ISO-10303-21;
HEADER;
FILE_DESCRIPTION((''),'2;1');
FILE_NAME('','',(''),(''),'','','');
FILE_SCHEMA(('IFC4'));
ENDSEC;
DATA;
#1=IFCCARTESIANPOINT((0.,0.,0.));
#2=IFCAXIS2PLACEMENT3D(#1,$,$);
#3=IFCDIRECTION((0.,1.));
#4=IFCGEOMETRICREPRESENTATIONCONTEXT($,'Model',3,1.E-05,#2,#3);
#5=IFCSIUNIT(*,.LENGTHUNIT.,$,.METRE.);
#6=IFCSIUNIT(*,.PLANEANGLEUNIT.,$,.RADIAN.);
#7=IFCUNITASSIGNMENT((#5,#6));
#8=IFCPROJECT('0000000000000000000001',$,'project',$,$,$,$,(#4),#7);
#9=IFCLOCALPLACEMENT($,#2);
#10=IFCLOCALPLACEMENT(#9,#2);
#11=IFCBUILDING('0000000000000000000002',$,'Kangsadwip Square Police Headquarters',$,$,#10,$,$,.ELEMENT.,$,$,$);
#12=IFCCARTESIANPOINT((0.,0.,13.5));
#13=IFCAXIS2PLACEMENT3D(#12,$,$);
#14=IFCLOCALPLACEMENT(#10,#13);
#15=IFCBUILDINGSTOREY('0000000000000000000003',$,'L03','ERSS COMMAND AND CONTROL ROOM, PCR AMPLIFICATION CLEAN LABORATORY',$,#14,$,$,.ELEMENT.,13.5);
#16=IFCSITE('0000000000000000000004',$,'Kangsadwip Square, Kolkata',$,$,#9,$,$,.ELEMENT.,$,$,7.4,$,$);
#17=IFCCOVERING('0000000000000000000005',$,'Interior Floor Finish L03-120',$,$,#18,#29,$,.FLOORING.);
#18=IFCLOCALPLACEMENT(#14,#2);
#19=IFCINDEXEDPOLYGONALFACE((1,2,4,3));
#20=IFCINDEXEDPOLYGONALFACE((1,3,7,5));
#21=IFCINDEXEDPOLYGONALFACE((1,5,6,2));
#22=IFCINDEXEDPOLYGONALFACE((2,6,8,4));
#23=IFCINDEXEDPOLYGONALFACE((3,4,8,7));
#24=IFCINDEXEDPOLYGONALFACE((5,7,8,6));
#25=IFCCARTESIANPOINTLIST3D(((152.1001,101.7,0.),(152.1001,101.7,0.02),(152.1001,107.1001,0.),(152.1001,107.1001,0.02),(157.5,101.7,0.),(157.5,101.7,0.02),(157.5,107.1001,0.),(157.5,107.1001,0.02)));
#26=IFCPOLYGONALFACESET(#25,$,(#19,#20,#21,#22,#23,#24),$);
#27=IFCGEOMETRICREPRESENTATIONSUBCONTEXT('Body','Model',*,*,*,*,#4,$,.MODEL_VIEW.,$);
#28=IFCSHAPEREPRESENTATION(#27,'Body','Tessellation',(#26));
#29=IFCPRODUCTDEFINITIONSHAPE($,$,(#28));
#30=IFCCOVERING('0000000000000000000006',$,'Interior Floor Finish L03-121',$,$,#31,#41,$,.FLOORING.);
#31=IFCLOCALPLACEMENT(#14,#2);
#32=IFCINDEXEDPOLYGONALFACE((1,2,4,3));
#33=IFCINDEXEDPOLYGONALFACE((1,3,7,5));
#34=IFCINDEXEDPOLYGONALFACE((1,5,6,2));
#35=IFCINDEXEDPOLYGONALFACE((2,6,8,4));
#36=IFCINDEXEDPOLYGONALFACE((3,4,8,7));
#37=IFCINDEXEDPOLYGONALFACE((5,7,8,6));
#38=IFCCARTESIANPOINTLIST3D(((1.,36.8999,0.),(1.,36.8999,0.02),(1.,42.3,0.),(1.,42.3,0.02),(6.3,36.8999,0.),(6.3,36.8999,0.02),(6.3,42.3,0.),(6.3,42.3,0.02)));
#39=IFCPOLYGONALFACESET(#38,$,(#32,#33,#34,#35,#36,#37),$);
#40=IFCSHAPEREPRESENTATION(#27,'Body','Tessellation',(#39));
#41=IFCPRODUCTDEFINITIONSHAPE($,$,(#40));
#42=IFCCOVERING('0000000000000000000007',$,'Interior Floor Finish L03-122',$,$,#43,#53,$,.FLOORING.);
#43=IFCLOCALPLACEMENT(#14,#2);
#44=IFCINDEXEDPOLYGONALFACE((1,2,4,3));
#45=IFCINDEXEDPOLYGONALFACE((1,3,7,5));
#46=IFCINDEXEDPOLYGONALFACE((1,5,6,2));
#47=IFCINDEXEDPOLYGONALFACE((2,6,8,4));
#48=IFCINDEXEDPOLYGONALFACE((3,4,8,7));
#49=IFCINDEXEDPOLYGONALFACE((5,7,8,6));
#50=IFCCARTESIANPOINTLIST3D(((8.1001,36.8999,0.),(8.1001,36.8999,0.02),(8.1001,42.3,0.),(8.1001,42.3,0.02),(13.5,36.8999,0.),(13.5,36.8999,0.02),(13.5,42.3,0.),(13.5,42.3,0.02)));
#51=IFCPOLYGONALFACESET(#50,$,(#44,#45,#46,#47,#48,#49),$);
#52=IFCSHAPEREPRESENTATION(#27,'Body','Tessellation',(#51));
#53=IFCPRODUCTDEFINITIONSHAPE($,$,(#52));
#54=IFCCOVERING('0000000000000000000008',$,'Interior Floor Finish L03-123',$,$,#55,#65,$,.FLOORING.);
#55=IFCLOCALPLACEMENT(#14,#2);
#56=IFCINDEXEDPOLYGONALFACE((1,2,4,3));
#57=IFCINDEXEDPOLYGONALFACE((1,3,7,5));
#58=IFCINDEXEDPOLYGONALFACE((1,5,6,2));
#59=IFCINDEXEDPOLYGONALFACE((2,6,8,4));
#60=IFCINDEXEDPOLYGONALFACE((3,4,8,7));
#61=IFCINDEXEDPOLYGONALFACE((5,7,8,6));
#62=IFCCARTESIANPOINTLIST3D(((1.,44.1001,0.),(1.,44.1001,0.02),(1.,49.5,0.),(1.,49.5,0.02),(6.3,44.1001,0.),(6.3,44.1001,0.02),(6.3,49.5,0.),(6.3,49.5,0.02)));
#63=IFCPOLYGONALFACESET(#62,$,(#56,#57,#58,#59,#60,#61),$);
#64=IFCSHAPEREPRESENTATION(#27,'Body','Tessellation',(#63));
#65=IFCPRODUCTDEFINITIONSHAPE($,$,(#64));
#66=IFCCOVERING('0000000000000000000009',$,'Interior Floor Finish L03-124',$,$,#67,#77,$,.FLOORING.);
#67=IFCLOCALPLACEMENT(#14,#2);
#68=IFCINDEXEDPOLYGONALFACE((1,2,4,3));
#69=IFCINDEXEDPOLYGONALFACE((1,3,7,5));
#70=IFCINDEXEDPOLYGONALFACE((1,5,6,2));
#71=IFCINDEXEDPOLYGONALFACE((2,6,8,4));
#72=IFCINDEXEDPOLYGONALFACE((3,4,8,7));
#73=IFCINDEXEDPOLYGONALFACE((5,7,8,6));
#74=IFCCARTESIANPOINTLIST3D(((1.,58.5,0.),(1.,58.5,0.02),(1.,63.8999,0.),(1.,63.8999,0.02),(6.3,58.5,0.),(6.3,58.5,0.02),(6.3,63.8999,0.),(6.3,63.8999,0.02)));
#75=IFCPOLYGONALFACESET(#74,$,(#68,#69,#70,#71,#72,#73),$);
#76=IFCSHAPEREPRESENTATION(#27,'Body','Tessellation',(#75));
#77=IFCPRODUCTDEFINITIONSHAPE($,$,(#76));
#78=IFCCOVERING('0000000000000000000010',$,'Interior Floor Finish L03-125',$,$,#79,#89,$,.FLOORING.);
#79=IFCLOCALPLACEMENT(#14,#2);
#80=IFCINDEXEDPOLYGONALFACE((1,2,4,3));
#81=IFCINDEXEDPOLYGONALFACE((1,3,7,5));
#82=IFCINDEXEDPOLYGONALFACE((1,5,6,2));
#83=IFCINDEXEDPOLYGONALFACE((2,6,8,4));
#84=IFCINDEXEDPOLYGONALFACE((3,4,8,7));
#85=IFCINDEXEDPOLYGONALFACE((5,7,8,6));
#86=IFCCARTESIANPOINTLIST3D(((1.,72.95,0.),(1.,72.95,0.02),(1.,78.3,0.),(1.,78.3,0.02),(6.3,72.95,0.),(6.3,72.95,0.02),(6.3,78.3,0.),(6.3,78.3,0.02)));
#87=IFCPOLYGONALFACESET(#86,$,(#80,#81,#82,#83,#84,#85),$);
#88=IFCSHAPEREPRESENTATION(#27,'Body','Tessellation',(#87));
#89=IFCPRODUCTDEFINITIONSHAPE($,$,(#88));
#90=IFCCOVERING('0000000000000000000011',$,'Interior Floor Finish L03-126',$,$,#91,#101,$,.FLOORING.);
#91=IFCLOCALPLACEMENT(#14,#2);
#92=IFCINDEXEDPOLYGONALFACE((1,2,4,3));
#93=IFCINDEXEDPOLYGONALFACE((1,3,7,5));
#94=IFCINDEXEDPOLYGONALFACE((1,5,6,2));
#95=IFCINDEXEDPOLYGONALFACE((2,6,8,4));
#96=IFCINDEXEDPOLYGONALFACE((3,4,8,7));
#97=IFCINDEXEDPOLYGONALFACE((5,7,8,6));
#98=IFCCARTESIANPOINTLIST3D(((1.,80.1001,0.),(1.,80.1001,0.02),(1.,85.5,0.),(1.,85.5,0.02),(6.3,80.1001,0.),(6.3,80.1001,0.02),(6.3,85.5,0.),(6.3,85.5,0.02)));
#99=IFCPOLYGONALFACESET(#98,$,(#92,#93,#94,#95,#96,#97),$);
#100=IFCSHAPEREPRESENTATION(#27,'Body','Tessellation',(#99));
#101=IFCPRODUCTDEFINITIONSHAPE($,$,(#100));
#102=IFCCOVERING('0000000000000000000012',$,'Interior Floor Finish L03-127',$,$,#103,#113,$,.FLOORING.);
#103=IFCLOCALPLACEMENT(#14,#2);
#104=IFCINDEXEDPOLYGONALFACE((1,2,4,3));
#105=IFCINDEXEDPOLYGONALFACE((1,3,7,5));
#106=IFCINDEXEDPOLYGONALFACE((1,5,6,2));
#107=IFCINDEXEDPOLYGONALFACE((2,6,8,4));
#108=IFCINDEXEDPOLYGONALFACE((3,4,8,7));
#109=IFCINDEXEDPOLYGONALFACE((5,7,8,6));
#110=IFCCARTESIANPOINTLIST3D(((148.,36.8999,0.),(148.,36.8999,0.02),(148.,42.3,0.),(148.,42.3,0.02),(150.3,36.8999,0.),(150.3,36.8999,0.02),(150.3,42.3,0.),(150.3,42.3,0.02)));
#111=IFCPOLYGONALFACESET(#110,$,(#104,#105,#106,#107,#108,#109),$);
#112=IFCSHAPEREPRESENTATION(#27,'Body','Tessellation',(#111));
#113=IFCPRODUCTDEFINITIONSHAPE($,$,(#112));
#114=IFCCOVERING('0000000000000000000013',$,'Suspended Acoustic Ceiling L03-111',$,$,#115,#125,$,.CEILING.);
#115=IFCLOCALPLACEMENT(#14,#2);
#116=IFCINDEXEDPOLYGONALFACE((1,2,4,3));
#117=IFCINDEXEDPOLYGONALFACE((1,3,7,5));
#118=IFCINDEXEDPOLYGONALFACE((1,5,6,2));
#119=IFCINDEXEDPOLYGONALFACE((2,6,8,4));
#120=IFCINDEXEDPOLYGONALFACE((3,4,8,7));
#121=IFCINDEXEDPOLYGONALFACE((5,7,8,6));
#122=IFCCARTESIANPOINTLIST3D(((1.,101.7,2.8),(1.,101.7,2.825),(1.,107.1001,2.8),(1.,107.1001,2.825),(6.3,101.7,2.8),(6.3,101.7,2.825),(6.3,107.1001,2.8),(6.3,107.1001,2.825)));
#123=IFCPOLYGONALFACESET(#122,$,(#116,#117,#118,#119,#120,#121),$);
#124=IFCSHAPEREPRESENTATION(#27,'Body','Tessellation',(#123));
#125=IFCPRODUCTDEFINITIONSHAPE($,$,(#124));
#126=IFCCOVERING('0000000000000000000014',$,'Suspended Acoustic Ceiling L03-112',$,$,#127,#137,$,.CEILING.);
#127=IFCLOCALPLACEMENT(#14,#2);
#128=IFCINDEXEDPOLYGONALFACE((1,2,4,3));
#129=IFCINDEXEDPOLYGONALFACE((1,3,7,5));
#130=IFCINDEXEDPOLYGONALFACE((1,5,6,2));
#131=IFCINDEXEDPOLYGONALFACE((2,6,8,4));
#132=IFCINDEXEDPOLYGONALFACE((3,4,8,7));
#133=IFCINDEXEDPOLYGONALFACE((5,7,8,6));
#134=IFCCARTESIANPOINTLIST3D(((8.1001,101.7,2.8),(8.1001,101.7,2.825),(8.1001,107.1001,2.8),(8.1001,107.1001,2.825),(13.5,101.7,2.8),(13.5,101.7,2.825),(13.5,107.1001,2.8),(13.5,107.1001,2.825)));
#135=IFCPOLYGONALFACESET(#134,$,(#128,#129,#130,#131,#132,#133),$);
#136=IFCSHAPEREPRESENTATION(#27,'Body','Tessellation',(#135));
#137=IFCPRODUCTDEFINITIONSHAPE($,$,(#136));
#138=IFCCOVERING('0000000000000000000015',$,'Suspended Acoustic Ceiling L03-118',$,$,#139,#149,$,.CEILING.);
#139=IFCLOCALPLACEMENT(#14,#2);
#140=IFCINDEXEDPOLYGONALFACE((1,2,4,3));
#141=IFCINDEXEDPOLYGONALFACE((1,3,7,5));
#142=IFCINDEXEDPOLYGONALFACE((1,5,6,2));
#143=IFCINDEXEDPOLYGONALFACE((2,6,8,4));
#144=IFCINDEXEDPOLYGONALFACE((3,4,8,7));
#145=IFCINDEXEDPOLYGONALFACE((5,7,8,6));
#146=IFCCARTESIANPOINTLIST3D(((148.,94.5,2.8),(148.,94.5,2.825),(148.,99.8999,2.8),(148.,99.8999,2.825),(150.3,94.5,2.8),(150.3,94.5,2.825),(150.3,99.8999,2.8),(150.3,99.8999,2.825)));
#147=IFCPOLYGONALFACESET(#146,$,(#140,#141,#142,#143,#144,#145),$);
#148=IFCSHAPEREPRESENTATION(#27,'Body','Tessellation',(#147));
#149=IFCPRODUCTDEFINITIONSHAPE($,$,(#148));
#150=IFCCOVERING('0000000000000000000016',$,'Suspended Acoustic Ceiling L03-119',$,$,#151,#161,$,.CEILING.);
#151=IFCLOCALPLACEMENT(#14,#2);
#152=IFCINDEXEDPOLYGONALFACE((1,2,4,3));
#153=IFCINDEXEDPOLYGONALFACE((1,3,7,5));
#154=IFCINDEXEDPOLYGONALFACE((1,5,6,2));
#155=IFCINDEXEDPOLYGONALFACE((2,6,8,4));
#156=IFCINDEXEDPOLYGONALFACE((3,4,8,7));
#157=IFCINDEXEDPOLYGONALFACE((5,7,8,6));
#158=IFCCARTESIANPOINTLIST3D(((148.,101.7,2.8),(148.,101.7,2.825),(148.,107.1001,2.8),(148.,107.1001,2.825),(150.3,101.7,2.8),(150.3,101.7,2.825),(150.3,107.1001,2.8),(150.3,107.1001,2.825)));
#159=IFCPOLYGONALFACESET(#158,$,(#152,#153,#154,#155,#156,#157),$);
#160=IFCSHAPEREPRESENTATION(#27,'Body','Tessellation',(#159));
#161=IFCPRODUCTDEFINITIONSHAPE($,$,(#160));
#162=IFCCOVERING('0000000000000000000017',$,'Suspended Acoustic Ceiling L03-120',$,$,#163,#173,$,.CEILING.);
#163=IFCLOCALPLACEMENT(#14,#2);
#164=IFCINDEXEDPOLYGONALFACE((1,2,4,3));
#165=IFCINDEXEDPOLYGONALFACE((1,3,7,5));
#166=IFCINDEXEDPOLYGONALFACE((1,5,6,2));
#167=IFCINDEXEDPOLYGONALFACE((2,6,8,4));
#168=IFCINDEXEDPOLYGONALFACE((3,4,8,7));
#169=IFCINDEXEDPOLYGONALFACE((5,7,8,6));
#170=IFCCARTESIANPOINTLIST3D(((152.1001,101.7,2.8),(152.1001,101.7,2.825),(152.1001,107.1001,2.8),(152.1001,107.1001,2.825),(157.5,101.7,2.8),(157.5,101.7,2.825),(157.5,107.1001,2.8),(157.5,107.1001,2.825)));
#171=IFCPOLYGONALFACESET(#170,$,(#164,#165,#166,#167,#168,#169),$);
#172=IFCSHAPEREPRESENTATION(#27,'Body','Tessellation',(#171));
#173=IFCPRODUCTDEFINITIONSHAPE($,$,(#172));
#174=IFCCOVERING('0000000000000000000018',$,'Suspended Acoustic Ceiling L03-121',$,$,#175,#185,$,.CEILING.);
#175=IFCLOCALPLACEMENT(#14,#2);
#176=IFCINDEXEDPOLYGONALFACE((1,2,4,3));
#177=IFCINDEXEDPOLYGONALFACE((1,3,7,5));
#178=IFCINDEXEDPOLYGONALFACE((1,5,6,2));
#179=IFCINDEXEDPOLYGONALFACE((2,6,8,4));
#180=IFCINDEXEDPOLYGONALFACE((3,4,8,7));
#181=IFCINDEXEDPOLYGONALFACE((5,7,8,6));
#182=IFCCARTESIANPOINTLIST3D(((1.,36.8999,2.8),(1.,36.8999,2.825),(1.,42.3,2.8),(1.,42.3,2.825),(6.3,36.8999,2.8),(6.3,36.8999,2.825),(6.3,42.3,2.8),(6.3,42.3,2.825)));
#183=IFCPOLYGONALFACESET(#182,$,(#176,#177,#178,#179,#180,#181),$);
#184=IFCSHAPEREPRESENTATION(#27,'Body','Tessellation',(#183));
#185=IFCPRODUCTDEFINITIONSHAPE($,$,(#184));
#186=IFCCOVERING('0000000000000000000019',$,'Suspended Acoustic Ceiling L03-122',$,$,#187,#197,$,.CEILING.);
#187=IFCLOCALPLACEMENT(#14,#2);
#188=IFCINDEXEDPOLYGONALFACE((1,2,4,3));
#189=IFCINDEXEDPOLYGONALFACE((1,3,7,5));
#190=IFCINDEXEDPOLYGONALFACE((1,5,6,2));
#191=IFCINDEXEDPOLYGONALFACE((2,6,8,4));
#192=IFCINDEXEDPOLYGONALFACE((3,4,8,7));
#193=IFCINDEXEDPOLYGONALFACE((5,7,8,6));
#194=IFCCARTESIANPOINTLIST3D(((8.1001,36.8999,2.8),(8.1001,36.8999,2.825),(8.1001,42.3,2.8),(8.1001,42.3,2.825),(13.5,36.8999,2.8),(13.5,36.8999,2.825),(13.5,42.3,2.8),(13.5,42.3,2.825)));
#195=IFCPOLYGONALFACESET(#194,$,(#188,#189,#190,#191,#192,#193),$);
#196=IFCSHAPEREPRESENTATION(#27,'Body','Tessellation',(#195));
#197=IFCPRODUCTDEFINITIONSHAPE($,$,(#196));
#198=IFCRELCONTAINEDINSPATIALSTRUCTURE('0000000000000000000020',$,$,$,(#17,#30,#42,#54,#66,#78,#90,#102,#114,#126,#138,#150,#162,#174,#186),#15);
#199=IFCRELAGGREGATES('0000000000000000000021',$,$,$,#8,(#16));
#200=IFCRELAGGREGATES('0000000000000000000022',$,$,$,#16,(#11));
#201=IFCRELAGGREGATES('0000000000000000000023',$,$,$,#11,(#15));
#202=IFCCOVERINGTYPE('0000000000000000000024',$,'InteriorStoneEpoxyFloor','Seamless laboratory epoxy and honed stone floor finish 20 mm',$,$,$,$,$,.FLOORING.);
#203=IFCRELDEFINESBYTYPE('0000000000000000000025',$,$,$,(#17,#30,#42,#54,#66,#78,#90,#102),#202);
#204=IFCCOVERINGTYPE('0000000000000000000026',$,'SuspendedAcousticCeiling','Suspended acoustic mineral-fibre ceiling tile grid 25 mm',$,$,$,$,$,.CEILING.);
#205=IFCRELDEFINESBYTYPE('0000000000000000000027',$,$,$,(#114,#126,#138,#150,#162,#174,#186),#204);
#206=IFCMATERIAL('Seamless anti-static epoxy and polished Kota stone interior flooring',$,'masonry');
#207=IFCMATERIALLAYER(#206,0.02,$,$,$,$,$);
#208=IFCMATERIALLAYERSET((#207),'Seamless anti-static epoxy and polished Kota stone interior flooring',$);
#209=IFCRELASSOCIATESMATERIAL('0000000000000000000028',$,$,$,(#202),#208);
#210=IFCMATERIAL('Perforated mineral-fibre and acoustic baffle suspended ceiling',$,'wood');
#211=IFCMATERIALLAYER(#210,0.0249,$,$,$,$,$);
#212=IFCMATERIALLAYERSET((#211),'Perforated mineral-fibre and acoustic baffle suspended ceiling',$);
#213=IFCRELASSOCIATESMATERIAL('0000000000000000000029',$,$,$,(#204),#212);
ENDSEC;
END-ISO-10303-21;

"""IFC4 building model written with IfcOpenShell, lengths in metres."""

from ifc_helpers import new_model, si_unit, direction, frame, origin, place, context, subcontext, project, spatial, polyline, outline, extrude, material, layer, layer_set, type_object, element, save


model = new_model("IFC4")

# Units and contexts
model_context = context("Model", 3, precision=1e-05, world=origin(), true_north=direction((0.0, 1.0)))
body_context = subcontext(model_context, "Body", "Model", "MODEL_VIEW")
ifc_project = project(units=[si_unit("LENGTHUNIT", "METRE"), si_unit("PLANEANGLEUNIT", "RADIAN")], contexts=[model_context])

# Site, building, storey
site_placement = place(None, origin())
site = spatial("IfcSite", under=ifc_project, at=site_placement, Name="Kangsadwip Square, Kolkata", CompositionType="ELEMENT", RefElevation=7.4)
building_placement = place(site_placement, origin())
building = spatial("IfcBuilding", under=site, at=building_placement, Name="Kangsadwip Square Police Headquarters", CompositionType="ELEMENT")
storey_placement = place(building_placement, frame((0.0, 0.0, 13.5)))
storey = spatial("IfcBuildingStorey", under=building, at=storey_placement, Name="L03", Description="ERSS COMMAND AND CONTROL ROOM, PCR AMPLIFICATION CLEAN LABORATORY", CompositionType="ELEMENT", Elevation=13.5)

# Coverings
ifc_material_1 = material(Name="Seamless anti-static epoxy and polished Kota stone interior flooring", Category="masonry")
ifc_layer_1 = layer(ifc_material_1, 0.02)
ifc_layer_set_1 = layer_set([ifc_layer_1], Name="Seamless anti-static epoxy and polished Kota stone interior flooring")
covering_type_1 = type_object("IfcCoveringType", Name="InteriorStoneEpoxyFloor", Description="Seamless laboratory epoxy and honed stone floor finish 20 mm", PredefinedType="FLOORING", material=ifc_layer_set_1)
covering_1_placement = place(storey_placement, origin())
element("IfcCovering", 1, at=covering_1_placement, inside=storey, type_object=covering_type_1, Name="Interior Floor Finish L03-120", PredefinedType="FLOORING", context=body_context, shape_type="SweptSolid", body=[
    extrude(outline(polyline([(152.1001, 101.7), (157.5, 101.7), (157.5, 107.1001), (152.1001, 107.1001), (152.1001, 101.7)])), origin(), (0.0, 0.0, 1.0), 0.02),
])
covering_2_placement = place(storey_placement, origin())
element("IfcCovering", 2, at=covering_2_placement, inside=storey, type_object=covering_type_1, Name="Interior Floor Finish L03-121", PredefinedType="FLOORING", context=body_context, shape_type="SweptSolid", body=[
    extrude(outline(polyline([(1.0, 36.8999), (6.3, 36.8999), (6.3, 42.3), (1.0, 42.3), (1.0, 36.8999)])), origin(), (0.0, 0.0, 1.0), 0.02),
])
covering_3_placement = place(storey_placement, origin())
element("IfcCovering", 3, at=covering_3_placement, inside=storey, type_object=covering_type_1, Name="Interior Floor Finish L03-122", PredefinedType="FLOORING", context=body_context, shape_type="SweptSolid", body=[
    extrude(outline(polyline([(8.1001, 36.8999), (13.5, 36.8999), (13.5, 42.3), (8.1001, 42.3), (8.1001, 36.8999)])), origin(), (0.0, 0.0, 1.0), 0.02),
])
covering_4_placement = place(storey_placement, origin())
element("IfcCovering", 4, at=covering_4_placement, inside=storey, type_object=covering_type_1, Name="Interior Floor Finish L03-123", PredefinedType="FLOORING", context=body_context, shape_type="SweptSolid", body=[
    extrude(outline(polyline([(1.0, 44.1001), (6.3, 44.1001), (6.3, 49.5), (1.0, 49.5), (1.0, 44.1001)])), origin(), (0.0, 0.0, 1.0), 0.02),
])
covering_5_placement = place(storey_placement, origin())
element("IfcCovering", 5, at=covering_5_placement, inside=storey, type_object=covering_type_1, Name="Interior Floor Finish L03-124", PredefinedType="FLOORING", context=body_context, shape_type="SweptSolid", body=[
    extrude(outline(polyline([(1.0, 58.5), (6.3, 58.5), (6.3, 63.8999), (1.0, 63.8999), (1.0, 58.5)])), origin(), (0.0, 0.0, 1.0), 0.02),
])
covering_6_placement = place(storey_placement, origin())
element("IfcCovering", 6, at=covering_6_placement, inside=storey, type_object=covering_type_1, Name="Interior Floor Finish L03-125", PredefinedType="FLOORING", context=body_context, shape_type="SweptSolid", body=[
    extrude(outline(polyline([(1.0, 72.95), (6.3, 72.95), (6.3, 78.3), (1.0, 78.3), (1.0, 72.95)])), origin(), (0.0, 0.0, 1.0), 0.02),
])
covering_7_placement = place(storey_placement, origin())
element("IfcCovering", 7, at=covering_7_placement, inside=storey, type_object=covering_type_1, Name="Interior Floor Finish L03-126", PredefinedType="FLOORING", context=body_context, shape_type="SweptSolid", body=[
    extrude(outline(polyline([(1.0, 80.1001), (6.3, 80.1001), (6.3, 85.5), (1.0, 85.5), (1.0, 80.1001)])), origin(), (0.0, 0.0, 1.0), 0.02),
])
covering_8_placement = place(storey_placement, origin())
element("IfcCovering", 8, at=covering_8_placement, inside=storey, type_object=covering_type_1, Name="Interior Floor Finish L03-127", PredefinedType="FLOORING", context=body_context, shape_type="SweptSolid", body=[
    extrude(outline(polyline([(148.0, 36.8999), (150.3, 36.8999), (150.3, 42.3), (148.0, 42.3), (148.0, 36.8999)])), origin(), (0.0, 0.0, 1.0), 0.02),
])
ifc_material_2 = material(Name="Perforated mineral-fibre and acoustic baffle suspended ceiling", Category="wood")
ifc_layer_2 = layer(ifc_material_2, 0.0249)
ifc_layer_set_2 = layer_set([ifc_layer_2], Name="Perforated mineral-fibre and acoustic baffle suspended ceiling")
covering_type_2 = type_object("IfcCoveringType", Name="SuspendedAcousticCeiling", Description="Suspended acoustic mineral-fibre ceiling tile grid 25 mm", PredefinedType="CEILING", material=ifc_layer_set_2)
covering_9_placement = place(storey_placement, frame((0.0, 0.0, 2.8)))
element("IfcCovering", 9, at=covering_9_placement, inside=storey, type_object=covering_type_2, Name="Suspended Acoustic Ceiling L03-111", PredefinedType="CEILING", context=body_context, shape_type="SweptSolid", body=[
    extrude(outline(polyline([(1.0, 101.7), (6.3, 101.7), (6.3, 107.1001), (1.0, 107.1001), (1.0, 101.7)])), origin(), (0.0, 0.0, 1.0), 0.0249),
])
covering_10_placement = place(storey_placement, frame((0.0, 0.0, 2.8)))
element("IfcCovering", 10, at=covering_10_placement, inside=storey, type_object=covering_type_2, Name="Suspended Acoustic Ceiling L03-112", PredefinedType="CEILING", context=body_context, shape_type="SweptSolid", body=[
    extrude(outline(polyline([(8.1001, 101.7), (13.5, 101.7), (13.5, 107.1001), (8.1001, 107.1001), (8.1001, 101.7)])), origin(), (0.0, 0.0, 1.0), 0.0249),
])
covering_11_placement = place(storey_placement, frame((0.0, 0.0, 2.8)))
element("IfcCovering", 11, at=covering_11_placement, inside=storey, type_object=covering_type_2, Name="Suspended Acoustic Ceiling L03-118", PredefinedType="CEILING", context=body_context, shape_type="SweptSolid", body=[
    extrude(outline(polyline([(148.0, 94.5), (150.3, 94.5), (150.3, 99.8999), (148.0, 99.8999), (148.0, 94.5)])), origin(), (0.0, 0.0, 1.0), 0.0249),
])
covering_12_placement = place(storey_placement, frame((0.0, 0.0, 2.8)))
element("IfcCovering", 12, at=covering_12_placement, inside=storey, type_object=covering_type_2, Name="Suspended Acoustic Ceiling L03-119", PredefinedType="CEILING", context=body_context, shape_type="SweptSolid", body=[
    extrude(outline(polyline([(148.0, 101.7), (150.3, 101.7), (150.3, 107.1001), (148.0, 107.1001), (148.0, 101.7)])), origin(), (0.0, 0.0, 1.0), 0.0249),
])
covering_13_placement = place(storey_placement, frame((0.0, 0.0, 2.8)))
element("IfcCovering", 13, at=covering_13_placement, inside=storey, type_object=covering_type_2, Name="Suspended Acoustic Ceiling L03-120", PredefinedType="CEILING", context=body_context, shape_type="SweptSolid", body=[
    extrude(outline(polyline([(152.1001, 101.7), (157.5, 101.7), (157.5, 107.1001), (152.1001, 107.1001), (152.1001, 101.7)])), origin(), (0.0, 0.0, 1.0), 0.0249),
])
covering_14_placement = place(storey_placement, frame((0.0, 0.0, 2.8)))
element("IfcCovering", 14, at=covering_14_placement, inside=storey, type_object=covering_type_2, Name="Suspended Acoustic Ceiling L03-121", PredefinedType="CEILING", context=body_context, shape_type="SweptSolid", body=[
    extrude(outline(polyline([(1.0, 36.8999), (6.3, 36.8999), (6.3, 42.3), (1.0, 42.3), (1.0, 36.8999)])), origin(), (0.0, 0.0, 1.0), 0.0249),
])
covering_15_placement = place(storey_placement, frame((0.0, 0.0, 2.8)))
element("IfcCovering", 15, at=covering_15_placement, inside=storey, type_object=covering_type_2, Name="Suspended Acoustic Ceiling L03-122", PredefinedType="CEILING", context=body_context, shape_type="SweptSolid", body=[
    extrude(outline(polyline([(8.1001, 36.8999), (13.5, 36.8999), (13.5, 42.3), (8.1001, 42.3), (8.1001, 36.8999)])), origin(), (0.0, 0.0, 1.0), 0.0249),
])

save(model, "model.ifc")
